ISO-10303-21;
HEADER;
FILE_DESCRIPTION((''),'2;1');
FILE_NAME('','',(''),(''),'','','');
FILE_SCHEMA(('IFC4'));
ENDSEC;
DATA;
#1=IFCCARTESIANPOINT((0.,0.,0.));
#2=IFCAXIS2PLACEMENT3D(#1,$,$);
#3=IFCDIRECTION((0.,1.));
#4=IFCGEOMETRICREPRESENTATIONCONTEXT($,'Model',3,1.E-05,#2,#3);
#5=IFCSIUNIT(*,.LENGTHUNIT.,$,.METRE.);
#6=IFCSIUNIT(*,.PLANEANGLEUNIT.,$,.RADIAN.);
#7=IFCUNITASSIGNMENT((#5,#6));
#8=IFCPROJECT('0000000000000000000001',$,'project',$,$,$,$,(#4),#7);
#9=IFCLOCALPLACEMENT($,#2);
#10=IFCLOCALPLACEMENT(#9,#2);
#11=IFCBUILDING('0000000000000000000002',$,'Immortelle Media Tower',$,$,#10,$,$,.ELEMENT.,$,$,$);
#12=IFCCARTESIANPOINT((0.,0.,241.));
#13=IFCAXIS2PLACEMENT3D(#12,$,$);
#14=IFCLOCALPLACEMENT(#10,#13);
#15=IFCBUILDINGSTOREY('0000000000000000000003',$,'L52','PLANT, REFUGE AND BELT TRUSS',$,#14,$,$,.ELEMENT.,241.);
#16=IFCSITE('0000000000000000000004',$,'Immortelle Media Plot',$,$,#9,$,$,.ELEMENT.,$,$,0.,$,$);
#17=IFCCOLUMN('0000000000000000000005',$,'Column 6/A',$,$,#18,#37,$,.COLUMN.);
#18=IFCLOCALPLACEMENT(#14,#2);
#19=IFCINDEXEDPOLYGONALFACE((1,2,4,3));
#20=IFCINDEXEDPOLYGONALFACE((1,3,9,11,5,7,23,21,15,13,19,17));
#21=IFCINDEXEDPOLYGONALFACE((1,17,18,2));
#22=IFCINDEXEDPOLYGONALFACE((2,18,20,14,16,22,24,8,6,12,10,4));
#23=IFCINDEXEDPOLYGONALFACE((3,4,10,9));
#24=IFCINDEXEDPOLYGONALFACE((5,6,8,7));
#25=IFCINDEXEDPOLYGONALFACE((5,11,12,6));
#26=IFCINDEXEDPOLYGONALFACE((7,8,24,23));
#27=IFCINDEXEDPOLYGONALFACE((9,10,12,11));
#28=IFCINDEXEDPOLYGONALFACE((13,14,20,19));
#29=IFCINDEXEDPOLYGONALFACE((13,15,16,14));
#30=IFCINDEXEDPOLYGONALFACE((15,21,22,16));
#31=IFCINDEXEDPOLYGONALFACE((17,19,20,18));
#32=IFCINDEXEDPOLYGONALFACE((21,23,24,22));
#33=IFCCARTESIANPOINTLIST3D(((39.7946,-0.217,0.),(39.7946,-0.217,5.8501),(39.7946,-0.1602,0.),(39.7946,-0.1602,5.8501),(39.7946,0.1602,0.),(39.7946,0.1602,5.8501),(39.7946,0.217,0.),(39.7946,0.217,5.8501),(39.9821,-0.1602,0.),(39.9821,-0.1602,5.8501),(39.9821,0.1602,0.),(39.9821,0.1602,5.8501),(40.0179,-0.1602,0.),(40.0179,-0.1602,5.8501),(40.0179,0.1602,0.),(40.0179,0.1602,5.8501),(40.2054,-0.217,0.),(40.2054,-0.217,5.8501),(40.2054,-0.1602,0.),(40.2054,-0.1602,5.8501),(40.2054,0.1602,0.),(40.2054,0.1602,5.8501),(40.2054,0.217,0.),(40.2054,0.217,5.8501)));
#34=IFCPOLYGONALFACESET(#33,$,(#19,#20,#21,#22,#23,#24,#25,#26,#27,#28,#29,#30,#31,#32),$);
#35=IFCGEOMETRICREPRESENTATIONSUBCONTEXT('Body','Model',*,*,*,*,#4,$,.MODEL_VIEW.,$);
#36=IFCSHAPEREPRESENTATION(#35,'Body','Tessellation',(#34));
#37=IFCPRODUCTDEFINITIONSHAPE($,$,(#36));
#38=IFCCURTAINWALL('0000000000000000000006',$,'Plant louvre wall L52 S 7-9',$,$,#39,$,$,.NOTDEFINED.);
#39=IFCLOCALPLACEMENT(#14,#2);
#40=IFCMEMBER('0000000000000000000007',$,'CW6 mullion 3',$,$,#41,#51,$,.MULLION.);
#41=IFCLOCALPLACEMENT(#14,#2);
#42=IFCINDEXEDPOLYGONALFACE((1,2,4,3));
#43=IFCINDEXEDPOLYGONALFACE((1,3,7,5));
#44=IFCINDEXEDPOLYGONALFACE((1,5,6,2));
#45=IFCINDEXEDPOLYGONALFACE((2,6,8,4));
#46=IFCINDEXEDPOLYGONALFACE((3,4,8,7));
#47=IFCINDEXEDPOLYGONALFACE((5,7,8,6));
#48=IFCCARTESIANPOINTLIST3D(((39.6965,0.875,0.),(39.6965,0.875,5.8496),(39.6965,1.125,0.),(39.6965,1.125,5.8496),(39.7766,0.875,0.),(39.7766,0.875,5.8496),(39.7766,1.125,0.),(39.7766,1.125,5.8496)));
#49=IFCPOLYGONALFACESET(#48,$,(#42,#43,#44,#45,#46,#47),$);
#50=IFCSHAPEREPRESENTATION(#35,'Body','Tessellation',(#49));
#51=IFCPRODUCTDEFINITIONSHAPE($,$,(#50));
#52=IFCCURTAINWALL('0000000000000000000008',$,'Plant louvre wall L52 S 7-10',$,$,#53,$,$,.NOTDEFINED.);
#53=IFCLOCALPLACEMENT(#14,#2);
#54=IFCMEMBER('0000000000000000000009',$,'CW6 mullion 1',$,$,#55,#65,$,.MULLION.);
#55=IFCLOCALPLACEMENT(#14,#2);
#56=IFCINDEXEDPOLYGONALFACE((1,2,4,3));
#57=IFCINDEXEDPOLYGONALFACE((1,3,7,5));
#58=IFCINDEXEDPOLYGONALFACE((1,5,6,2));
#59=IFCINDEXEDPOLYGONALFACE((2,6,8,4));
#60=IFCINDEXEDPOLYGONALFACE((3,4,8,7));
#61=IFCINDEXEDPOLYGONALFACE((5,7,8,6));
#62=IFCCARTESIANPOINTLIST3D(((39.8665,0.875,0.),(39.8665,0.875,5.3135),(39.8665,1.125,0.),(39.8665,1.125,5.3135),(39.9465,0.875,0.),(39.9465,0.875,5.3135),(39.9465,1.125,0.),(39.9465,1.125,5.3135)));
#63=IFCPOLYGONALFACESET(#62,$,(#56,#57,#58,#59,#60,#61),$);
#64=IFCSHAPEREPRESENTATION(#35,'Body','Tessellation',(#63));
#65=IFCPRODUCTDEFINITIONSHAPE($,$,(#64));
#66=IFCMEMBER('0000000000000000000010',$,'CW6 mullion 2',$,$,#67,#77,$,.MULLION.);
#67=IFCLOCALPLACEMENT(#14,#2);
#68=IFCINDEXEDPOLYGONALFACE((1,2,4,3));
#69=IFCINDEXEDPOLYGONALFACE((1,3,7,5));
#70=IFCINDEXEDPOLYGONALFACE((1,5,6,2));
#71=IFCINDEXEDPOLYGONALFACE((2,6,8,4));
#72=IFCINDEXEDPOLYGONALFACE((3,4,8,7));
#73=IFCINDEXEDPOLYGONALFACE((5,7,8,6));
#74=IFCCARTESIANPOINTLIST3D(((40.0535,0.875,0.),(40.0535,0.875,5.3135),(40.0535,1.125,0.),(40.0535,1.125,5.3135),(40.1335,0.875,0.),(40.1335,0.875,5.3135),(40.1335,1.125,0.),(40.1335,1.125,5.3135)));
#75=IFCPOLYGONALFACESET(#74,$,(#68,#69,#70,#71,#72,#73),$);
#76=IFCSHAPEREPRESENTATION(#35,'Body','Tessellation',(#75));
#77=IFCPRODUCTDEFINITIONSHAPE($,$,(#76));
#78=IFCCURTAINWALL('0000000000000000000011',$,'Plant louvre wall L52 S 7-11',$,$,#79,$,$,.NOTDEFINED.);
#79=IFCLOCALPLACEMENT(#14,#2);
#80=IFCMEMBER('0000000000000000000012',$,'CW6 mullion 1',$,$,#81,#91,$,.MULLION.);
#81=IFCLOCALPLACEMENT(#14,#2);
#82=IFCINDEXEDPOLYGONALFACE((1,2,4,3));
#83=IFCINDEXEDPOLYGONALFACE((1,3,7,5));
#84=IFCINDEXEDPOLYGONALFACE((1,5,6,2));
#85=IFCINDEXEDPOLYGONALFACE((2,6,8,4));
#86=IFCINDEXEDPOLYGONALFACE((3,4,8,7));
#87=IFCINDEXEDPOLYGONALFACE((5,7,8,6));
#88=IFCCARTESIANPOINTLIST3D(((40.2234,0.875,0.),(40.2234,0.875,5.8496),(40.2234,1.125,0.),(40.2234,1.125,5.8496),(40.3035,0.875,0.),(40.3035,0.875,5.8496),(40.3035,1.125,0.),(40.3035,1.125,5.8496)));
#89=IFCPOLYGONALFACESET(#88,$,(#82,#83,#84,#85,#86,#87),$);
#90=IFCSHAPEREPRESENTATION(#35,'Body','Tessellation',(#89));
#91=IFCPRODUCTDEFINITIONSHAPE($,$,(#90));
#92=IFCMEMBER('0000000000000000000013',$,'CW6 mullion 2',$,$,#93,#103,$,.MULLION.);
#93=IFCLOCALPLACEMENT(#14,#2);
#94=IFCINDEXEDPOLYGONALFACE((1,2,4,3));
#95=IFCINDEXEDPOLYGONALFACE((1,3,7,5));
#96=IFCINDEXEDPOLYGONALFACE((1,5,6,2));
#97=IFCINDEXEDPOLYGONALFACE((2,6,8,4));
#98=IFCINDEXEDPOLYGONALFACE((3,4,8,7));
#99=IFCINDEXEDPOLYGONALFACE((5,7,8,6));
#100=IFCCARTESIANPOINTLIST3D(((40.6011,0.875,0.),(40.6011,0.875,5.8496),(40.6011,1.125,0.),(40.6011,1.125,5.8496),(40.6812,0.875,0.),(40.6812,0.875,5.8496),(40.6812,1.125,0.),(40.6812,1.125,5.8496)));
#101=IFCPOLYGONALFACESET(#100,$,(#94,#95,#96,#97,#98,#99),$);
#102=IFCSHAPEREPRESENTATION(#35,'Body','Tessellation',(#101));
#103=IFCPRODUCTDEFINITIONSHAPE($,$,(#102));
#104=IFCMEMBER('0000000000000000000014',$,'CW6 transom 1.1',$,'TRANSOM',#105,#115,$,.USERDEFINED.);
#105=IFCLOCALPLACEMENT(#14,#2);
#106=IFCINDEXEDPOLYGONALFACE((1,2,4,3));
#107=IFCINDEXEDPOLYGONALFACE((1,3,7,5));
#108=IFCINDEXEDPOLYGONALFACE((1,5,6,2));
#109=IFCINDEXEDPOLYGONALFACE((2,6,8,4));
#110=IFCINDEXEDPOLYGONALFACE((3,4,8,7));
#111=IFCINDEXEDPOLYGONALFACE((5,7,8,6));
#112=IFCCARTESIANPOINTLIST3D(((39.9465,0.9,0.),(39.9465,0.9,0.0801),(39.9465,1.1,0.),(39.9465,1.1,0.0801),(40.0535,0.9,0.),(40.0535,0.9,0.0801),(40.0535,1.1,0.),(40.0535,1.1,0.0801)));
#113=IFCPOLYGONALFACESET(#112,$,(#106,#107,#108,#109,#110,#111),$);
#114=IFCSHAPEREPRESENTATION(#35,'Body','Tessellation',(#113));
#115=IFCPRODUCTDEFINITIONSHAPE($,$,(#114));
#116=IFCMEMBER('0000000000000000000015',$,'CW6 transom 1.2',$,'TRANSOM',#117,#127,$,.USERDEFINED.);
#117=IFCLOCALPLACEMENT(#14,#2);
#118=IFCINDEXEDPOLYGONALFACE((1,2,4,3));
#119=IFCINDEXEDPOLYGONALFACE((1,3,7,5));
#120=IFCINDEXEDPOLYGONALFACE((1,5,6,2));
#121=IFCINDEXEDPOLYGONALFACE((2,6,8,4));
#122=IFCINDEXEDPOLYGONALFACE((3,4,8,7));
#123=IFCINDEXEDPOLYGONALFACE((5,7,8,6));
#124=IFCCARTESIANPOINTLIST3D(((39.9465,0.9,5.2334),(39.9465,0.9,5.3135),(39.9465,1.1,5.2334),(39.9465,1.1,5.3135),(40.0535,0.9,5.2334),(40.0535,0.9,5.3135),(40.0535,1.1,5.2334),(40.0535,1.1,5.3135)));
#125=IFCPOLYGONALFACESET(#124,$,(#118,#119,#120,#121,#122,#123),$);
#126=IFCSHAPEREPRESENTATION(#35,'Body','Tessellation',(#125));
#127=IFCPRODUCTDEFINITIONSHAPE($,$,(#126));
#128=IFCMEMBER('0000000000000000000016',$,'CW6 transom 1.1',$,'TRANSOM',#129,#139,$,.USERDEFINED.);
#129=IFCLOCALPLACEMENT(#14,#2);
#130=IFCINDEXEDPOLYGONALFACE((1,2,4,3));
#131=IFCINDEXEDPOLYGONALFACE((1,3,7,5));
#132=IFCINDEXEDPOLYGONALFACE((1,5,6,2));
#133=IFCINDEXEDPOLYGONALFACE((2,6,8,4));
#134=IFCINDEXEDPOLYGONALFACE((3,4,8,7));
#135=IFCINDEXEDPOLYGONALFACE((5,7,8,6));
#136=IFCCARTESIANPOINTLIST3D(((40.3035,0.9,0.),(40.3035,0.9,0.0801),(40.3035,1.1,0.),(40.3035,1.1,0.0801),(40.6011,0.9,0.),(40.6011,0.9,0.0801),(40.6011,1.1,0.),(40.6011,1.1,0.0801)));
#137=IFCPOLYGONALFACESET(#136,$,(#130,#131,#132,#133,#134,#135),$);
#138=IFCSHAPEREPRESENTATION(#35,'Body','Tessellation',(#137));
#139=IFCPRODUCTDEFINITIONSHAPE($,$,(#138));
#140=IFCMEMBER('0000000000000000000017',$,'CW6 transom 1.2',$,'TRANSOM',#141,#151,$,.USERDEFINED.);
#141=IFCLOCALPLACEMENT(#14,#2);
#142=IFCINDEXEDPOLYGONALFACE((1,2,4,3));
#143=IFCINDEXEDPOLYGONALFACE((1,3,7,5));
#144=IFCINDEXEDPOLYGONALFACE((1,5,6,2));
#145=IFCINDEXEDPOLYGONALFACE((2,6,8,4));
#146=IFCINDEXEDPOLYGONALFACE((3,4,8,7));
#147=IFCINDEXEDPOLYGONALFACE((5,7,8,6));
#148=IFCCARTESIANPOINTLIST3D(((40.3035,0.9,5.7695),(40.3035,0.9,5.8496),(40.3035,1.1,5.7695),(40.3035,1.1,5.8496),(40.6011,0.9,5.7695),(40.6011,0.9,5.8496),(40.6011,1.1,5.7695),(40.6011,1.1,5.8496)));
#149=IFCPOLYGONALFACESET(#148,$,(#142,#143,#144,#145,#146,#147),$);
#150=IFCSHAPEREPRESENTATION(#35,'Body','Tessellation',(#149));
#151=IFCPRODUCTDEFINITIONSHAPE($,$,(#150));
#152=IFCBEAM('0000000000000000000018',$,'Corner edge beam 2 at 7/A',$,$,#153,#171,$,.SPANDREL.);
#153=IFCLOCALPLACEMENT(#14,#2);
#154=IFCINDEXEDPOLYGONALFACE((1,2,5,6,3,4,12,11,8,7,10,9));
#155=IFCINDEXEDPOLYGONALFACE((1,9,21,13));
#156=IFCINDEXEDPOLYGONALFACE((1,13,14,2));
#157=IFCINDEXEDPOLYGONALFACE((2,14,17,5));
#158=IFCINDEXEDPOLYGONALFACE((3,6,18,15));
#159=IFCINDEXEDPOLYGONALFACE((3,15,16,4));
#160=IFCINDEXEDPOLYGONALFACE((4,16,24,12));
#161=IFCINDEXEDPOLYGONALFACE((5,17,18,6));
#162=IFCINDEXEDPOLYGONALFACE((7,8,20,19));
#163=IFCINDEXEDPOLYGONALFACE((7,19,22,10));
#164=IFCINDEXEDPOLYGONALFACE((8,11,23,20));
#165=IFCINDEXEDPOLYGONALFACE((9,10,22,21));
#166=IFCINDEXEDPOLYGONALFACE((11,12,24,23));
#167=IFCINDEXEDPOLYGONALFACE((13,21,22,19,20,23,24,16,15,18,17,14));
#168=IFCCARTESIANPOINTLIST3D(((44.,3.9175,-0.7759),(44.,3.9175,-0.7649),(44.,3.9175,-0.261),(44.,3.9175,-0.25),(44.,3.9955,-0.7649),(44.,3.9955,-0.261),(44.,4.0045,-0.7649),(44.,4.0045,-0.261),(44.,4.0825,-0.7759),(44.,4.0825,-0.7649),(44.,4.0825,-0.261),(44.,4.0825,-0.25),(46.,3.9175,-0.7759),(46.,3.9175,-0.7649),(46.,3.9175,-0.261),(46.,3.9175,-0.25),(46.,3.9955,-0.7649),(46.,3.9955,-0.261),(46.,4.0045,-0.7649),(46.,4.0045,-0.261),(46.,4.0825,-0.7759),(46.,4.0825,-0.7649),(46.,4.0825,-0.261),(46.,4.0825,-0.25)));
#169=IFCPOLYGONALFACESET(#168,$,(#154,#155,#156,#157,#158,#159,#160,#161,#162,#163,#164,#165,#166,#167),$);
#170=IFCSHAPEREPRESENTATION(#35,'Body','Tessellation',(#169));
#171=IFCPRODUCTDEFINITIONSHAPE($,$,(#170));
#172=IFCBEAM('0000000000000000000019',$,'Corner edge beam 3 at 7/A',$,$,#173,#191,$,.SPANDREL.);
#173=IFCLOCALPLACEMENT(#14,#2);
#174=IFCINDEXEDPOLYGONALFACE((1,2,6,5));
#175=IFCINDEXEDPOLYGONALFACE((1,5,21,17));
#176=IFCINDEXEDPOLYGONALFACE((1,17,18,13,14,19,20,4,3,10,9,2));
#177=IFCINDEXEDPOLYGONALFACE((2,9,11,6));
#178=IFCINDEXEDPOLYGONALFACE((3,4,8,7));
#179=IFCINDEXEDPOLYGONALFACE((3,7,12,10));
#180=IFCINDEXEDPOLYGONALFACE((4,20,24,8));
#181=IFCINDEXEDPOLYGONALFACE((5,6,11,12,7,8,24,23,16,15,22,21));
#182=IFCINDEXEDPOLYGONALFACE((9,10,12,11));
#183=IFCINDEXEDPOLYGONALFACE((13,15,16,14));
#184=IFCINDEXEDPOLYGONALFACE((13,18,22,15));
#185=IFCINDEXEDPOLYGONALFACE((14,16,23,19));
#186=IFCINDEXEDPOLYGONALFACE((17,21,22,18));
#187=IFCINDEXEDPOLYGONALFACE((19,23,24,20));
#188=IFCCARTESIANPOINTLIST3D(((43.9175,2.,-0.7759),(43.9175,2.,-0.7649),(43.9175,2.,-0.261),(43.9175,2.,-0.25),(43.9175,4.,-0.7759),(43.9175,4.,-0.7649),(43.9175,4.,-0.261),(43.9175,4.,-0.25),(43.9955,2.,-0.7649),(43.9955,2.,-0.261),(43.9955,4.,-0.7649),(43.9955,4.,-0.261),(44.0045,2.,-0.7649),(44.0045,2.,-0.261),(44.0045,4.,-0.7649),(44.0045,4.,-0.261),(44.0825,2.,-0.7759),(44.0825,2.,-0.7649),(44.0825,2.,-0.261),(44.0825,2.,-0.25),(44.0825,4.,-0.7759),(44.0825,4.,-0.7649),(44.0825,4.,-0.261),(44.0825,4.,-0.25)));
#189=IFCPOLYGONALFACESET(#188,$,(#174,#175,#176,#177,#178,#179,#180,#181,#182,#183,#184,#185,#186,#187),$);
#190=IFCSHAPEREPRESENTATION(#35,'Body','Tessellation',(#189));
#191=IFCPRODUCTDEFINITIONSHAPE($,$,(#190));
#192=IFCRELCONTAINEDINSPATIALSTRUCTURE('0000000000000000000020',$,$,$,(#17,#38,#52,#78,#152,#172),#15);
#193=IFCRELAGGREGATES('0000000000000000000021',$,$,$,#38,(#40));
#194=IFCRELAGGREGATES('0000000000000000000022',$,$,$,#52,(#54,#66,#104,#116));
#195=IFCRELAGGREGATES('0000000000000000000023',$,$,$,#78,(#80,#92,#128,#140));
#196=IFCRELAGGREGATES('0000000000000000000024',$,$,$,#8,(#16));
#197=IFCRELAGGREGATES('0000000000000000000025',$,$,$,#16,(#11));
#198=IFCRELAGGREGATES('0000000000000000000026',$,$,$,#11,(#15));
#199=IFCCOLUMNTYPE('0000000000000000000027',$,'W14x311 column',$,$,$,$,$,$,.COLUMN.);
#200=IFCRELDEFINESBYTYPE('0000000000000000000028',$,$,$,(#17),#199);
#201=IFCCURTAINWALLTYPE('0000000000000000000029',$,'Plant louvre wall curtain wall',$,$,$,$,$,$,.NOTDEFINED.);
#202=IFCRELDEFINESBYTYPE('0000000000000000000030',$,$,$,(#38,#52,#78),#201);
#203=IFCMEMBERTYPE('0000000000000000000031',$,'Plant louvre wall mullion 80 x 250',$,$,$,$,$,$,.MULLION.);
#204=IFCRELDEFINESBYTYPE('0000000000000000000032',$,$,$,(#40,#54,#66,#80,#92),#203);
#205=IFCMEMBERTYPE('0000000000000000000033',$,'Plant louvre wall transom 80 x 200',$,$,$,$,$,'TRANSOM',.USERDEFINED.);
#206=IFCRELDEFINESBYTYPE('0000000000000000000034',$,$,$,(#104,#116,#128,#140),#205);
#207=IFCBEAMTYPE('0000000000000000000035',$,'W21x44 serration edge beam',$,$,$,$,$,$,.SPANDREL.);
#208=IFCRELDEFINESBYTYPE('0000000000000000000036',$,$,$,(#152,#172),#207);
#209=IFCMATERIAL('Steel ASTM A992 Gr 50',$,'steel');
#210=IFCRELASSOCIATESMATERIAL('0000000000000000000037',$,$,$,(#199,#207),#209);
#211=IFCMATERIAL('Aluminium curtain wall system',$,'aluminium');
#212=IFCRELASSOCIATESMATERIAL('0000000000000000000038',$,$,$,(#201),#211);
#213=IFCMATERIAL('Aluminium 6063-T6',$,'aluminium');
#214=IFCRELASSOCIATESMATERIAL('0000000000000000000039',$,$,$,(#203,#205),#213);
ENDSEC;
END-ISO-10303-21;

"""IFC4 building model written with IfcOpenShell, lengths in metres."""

from ifc_helpers import new_model, si_unit, direction, frame, origin, origin_2d, place, context, subcontext, project, spatial, rectangle, i_section, extrude, material, material_profile, profile_set, type_object, element, aggregate, save


model = new_model("IFC4")

# Units and contexts
model_context = context("Model", 3, precision=1e-05, world=origin(), true_north=direction((0.0, 1.0)))
body_context = subcontext(model_context, "Body", "Model", "MODEL_VIEW")
ifc_project = project(units=[si_unit("LENGTHUNIT", "METRE"), si_unit("PLANEANGLEUNIT", "RADIAN")], contexts=[model_context])

# Site, building, storey
site_placement = place(None, origin())
site = spatial("IfcSite", under=ifc_project, at=site_placement, Name="Immortelle Media Plot", CompositionType="ELEMENT", RefElevation=0.0)
building_placement = place(site_placement, origin())
building = spatial("IfcBuilding", under=site, at=building_placement, Name="Immortelle Media Tower", CompositionType="ELEMENT")
storey_placement = place(building_placement, frame((0.0, 0.0, 241.0)))
storey = spatial("IfcBuildingStorey", under=building, at=storey_placement, Name="L52", Description="PLANT, REFUGE AND BELT TRUSS", CompositionType="ELEMENT", Elevation=241.0)

# Column
ifc_material_1 = material(Name="Steel ASTM A992 Gr 50", Category="steel")
ifc_material_profile_1 = material_profile(ifc_material_1, i_section(OverallWidth=0.4109, OverallDepth=0.4341, WebThickness=0.0359, FlangeThickness=0.0569, at=origin_2d()), Name="W14x311")
ifc_profile_set_1 = profile_set([ifc_material_profile_1], Name="Steel ASTM A992 Gr 50")
column_type = type_object("IfcColumnType", Name="W14x311 column", PredefinedType="COLUMN", material=ifc_profile_set_1)
column_placement = place(storey_placement, frame((40.0, 0.0, 0.0), z_axis=(0.0, 0.0, 1.0), x_axis=(1.0, 0.0, 0.0)))
element("IfcColumn", 1, at=column_placement, inside=storey, type_object=column_type, Name="Column 6/A", PredefinedType="COLUMN", context=body_context, shape_type="SweptSolid", body=[
    extrude(i_section(OverallWidth=0.4109, OverallDepth=0.4341, WebThickness=0.0359, FlangeThickness=0.0569, at=origin_2d()), origin(), (0.0, 0.0, 1.0), 5.8501),
])

# Curtain wall, member
ifc_material_2 = material(Name="Aluminium curtain wall system", Category="aluminium")
curtain_wall_type = type_object("IfcCurtainWallType", Name="Plant louvre wall curtain wall", PredefinedType="NOTDEFINED", material=ifc_material_2)
curtain_wall_1_placement = place(storey_placement, origin())
curtain_wall_1 = element("IfcCurtainWall", 2, at=curtain_wall_1_placement, inside=storey, type_object=curtain_wall_type, Name="Plant louvre wall L52 S 7-9", PredefinedType="NOTDEFINED")
ifc_material_3 = material(Name="Aluminium 6063-T6", Category="aluminium")
ifc_material_profile_2 = material_profile(ifc_material_3, rectangle(XDim=0.25, YDim=0.0801, at=origin_2d()), Name="AL 80x250")
ifc_profile_set_2 = profile_set([ifc_material_profile_2], Name="Aluminium 6063-T6")
member_type_1 = type_object("IfcMemberType", Name="Plant louvre wall mullion 80 x 250", PredefinedType="MULLION", material=ifc_profile_set_2)
member_1_placement = place(storey_placement, frame((39.7366, 1.0, 0.0), z_axis=(0.0, 0.0, 1.0), x_axis=(0.0, 1.0, 0.0)))
member_1 = element("IfcMember", 3, at=member_1_placement, type_object=member_type_1, Name="CW6 mullion 3", PredefinedType="MULLION", context=body_context, shape_type="SweptSolid", body=[
    extrude(rectangle(XDim=0.25, YDim=0.0801, at=origin_2d()), origin(), (0.0, 0.0, 1.0), 5.8496),
])
aggregate(curtain_wall_1, [member_1])

# Curtain walls, members
curtain_wall_2_placement = place(storey_placement, origin())
curtain_wall_2 = element("IfcCurtainWall", 4, at=curtain_wall_2_placement, inside=storey, type_object=curtain_wall_type, Name="Plant louvre wall L52 S 7-10", PredefinedType="NOTDEFINED")
member_2_placement = place(storey_placement, frame((39.9065, 1.0, 0.0), z_axis=(0.0, 0.0, 1.0), x_axis=(0.0, 1.0, 0.0)))
member_2 = element("IfcMember", 5, at=member_2_placement, type_object=member_type_1, Name="CW6 mullion 1", PredefinedType="MULLION", context=body_context, shape_type="SweptSolid", body=[
    extrude(rectangle(XDim=0.25, YDim=0.0801, at=origin_2d()), origin(), (0.0, 0.0, 1.0), 5.3135),
])
member_3_placement = place(storey_placement, frame((40.0935, 1.0, 0.0), z_axis=(0.0, 0.0, 1.0), x_axis=(0.0, 1.0, 0.0)))
member_3 = element("IfcMember", 6, at=member_3_placement, type_object=member_type_1, Name="CW6 mullion 2", PredefinedType="MULLION", context=body_context, shape_type="SweptSolid", body=[
    extrude(rectangle(XDim=0.25, YDim=0.0801, at=origin_2d()), origin(), (0.0, 0.0, 1.0), 5.3135),
])
curtain_wall_3_placement = place(storey_placement, origin())
curtain_wall_3 = element("IfcCurtainWall", 7, at=curtain_wall_3_placement, inside=storey, type_object=curtain_wall_type, Name="Plant louvre wall L52 S 7-11", PredefinedType="NOTDEFINED")
member_4_placement = place(storey_placement, frame((40.2634, 1.0, 0.0), z_axis=(0.0, 0.0, 1.0), x_axis=(0.0, 1.0, 0.0)))
member_4 = element("IfcMember", 8, at=member_4_placement, type_object=member_type_1, Name="CW6 mullion 1", PredefinedType="MULLION", context=body_context, shape_type="SweptSolid", body=[
    extrude(rectangle(XDim=0.25, YDim=0.0801, at=origin_2d()), origin(), (0.0, 0.0, 1.0), 5.8496),
])
member_5_placement = place(storey_placement, frame((40.6411, 1.0, 0.0), z_axis=(0.0, 0.0, 1.0), x_axis=(0.0, 1.0, 0.0)))
member_5 = element("IfcMember", 9, at=member_5_placement, type_object=member_type_1, Name="CW6 mullion 2", PredefinedType="MULLION", context=body_context, shape_type="SweptSolid", body=[
    extrude(rectangle(XDim=0.25, YDim=0.0801, at=origin_2d()), origin(), (0.0, 0.0, 1.0), 5.8496),
])

# Members
ifc_material_profile_3 = material_profile(ifc_material_3, rectangle(XDim=0.2, YDim=0.0801, at=origin_2d()), Name="AL 80x200")
ifc_profile_set_3 = profile_set([ifc_material_profile_3], Name="Aluminium 6063-T6")
member_type_2 = type_object("IfcMemberType", Name="Plant louvre wall transom 80 x 200", ElementType="TRANSOM", PredefinedType="USERDEFINED", material=ifc_profile_set_3)
member_6_placement = place(storey_placement, frame((39.9465, 1.0, 0.04), z_axis=(1.0, 0.0, 0.0), x_axis=(0.0, 1.0, 0.0)))
member_6 = element("IfcMember", 10, at=member_6_placement, type_object=member_type_2, Name="CW6 transom 1.1", ObjectType="TRANSOM", PredefinedType="USERDEFINED", context=body_context, shape_type="SweptSolid", body=[
    extrude(rectangle(XDim=0.2, YDim=0.0801, at=origin_2d()), origin(), (0.0, 0.0, 1.0), 0.1069),
])
member_7_placement = place(storey_placement, frame((39.9465, 1.0, 5.2734), z_axis=(1.0, 0.0, 0.0), x_axis=(0.0, 1.0, 0.0)))
member_7 = element("IfcMember", 11, at=member_7_placement, type_object=member_type_2, Name="CW6 transom 1.2", ObjectType="TRANSOM", PredefinedType="USERDEFINED", context=body_context, shape_type="SweptSolid", body=[
    extrude(rectangle(XDim=0.2, YDim=0.0801, at=origin_2d()), origin(), (0.0, 0.0, 1.0), 0.1069),
])
member_8_placement = place(storey_placement, frame((40.3035, 1.0, 0.04), z_axis=(1.0, 0.0, 0.0), x_axis=(0.0, 1.0, 0.0)))
member_8 = element("IfcMember", 12, at=member_8_placement, type_object=member_type_2, Name="CW6 transom 1.1", ObjectType="TRANSOM", PredefinedType="USERDEFINED", context=body_context, shape_type="SweptSolid", body=[
    extrude(rectangle(XDim=0.2, YDim=0.0801, at=origin_2d()), origin(), (0.0, 0.0, 1.0), 0.2976),
])
member_9_placement = place(storey_placement, frame((40.3035, 1.0, 5.8096), z_axis=(1.0, 0.0, 0.0), x_axis=(0.0, 1.0, 0.0)))
member_9 = element("IfcMember", 13, at=member_9_placement, type_object=member_type_2, Name="CW6 transom 1.2", ObjectType="TRANSOM", PredefinedType="USERDEFINED", context=body_context, shape_type="SweptSolid", body=[
    extrude(rectangle(XDim=0.2, YDim=0.0801, at=origin_2d()), origin(), (0.0, 0.0, 1.0), 0.2976),
])

# Beams
ifc_material_profile_4 = material_profile(ifc_material_1, i_section(OverallWidth=0.165, OverallDepth=0.5259, WebThickness=0.009, FlangeThickness=0.011, at=origin_2d()), Name="W21x44")
ifc_profile_set_4 = profile_set([ifc_material_profile_4], Name="Steel ASTM A992 Gr 50")
beam_type_1 = type_object("IfcBeamType", Name="W21x44 serration edge beam", PredefinedType="SPANDREL", material=ifc_profile_set_4)
for number, where, z_axis, x_axis, name in (
    (14, (46.0, 4.0, -0.5129), (-1.0, 0.0, 0.0), (0.0, -1.0, 0.0), "Corner edge beam 2 at 7/A"),
    (15, (44.0, 4.0, -0.5129), (0.0, -1.0, 0.0), (1.0, 0.0, 0.0), "Corner edge beam 3 at 7/A"),
):
    element("IfcBeam", number, at=place(storey_placement, frame(where, z_axis=z_axis, x_axis=x_axis)), inside=storey, type_object=beam_type_1, Name=name, PredefinedType="SPANDREL", context=body_context, shape_type="SweptSolid", body=[
        extrude(i_section(OverallWidth=0.165, OverallDepth=0.5259, WebThickness=0.009, FlangeThickness=0.011, at=origin_2d()), origin(), (0.0, 0.0, 1.0), 2.0),
    ])

aggregate(curtain_wall_2, [member_2, member_3, member_6, member_7])
aggregate(curtain_wall_3, [member_4, member_5, member_8, member_9])

save(model, "model.ifc")
